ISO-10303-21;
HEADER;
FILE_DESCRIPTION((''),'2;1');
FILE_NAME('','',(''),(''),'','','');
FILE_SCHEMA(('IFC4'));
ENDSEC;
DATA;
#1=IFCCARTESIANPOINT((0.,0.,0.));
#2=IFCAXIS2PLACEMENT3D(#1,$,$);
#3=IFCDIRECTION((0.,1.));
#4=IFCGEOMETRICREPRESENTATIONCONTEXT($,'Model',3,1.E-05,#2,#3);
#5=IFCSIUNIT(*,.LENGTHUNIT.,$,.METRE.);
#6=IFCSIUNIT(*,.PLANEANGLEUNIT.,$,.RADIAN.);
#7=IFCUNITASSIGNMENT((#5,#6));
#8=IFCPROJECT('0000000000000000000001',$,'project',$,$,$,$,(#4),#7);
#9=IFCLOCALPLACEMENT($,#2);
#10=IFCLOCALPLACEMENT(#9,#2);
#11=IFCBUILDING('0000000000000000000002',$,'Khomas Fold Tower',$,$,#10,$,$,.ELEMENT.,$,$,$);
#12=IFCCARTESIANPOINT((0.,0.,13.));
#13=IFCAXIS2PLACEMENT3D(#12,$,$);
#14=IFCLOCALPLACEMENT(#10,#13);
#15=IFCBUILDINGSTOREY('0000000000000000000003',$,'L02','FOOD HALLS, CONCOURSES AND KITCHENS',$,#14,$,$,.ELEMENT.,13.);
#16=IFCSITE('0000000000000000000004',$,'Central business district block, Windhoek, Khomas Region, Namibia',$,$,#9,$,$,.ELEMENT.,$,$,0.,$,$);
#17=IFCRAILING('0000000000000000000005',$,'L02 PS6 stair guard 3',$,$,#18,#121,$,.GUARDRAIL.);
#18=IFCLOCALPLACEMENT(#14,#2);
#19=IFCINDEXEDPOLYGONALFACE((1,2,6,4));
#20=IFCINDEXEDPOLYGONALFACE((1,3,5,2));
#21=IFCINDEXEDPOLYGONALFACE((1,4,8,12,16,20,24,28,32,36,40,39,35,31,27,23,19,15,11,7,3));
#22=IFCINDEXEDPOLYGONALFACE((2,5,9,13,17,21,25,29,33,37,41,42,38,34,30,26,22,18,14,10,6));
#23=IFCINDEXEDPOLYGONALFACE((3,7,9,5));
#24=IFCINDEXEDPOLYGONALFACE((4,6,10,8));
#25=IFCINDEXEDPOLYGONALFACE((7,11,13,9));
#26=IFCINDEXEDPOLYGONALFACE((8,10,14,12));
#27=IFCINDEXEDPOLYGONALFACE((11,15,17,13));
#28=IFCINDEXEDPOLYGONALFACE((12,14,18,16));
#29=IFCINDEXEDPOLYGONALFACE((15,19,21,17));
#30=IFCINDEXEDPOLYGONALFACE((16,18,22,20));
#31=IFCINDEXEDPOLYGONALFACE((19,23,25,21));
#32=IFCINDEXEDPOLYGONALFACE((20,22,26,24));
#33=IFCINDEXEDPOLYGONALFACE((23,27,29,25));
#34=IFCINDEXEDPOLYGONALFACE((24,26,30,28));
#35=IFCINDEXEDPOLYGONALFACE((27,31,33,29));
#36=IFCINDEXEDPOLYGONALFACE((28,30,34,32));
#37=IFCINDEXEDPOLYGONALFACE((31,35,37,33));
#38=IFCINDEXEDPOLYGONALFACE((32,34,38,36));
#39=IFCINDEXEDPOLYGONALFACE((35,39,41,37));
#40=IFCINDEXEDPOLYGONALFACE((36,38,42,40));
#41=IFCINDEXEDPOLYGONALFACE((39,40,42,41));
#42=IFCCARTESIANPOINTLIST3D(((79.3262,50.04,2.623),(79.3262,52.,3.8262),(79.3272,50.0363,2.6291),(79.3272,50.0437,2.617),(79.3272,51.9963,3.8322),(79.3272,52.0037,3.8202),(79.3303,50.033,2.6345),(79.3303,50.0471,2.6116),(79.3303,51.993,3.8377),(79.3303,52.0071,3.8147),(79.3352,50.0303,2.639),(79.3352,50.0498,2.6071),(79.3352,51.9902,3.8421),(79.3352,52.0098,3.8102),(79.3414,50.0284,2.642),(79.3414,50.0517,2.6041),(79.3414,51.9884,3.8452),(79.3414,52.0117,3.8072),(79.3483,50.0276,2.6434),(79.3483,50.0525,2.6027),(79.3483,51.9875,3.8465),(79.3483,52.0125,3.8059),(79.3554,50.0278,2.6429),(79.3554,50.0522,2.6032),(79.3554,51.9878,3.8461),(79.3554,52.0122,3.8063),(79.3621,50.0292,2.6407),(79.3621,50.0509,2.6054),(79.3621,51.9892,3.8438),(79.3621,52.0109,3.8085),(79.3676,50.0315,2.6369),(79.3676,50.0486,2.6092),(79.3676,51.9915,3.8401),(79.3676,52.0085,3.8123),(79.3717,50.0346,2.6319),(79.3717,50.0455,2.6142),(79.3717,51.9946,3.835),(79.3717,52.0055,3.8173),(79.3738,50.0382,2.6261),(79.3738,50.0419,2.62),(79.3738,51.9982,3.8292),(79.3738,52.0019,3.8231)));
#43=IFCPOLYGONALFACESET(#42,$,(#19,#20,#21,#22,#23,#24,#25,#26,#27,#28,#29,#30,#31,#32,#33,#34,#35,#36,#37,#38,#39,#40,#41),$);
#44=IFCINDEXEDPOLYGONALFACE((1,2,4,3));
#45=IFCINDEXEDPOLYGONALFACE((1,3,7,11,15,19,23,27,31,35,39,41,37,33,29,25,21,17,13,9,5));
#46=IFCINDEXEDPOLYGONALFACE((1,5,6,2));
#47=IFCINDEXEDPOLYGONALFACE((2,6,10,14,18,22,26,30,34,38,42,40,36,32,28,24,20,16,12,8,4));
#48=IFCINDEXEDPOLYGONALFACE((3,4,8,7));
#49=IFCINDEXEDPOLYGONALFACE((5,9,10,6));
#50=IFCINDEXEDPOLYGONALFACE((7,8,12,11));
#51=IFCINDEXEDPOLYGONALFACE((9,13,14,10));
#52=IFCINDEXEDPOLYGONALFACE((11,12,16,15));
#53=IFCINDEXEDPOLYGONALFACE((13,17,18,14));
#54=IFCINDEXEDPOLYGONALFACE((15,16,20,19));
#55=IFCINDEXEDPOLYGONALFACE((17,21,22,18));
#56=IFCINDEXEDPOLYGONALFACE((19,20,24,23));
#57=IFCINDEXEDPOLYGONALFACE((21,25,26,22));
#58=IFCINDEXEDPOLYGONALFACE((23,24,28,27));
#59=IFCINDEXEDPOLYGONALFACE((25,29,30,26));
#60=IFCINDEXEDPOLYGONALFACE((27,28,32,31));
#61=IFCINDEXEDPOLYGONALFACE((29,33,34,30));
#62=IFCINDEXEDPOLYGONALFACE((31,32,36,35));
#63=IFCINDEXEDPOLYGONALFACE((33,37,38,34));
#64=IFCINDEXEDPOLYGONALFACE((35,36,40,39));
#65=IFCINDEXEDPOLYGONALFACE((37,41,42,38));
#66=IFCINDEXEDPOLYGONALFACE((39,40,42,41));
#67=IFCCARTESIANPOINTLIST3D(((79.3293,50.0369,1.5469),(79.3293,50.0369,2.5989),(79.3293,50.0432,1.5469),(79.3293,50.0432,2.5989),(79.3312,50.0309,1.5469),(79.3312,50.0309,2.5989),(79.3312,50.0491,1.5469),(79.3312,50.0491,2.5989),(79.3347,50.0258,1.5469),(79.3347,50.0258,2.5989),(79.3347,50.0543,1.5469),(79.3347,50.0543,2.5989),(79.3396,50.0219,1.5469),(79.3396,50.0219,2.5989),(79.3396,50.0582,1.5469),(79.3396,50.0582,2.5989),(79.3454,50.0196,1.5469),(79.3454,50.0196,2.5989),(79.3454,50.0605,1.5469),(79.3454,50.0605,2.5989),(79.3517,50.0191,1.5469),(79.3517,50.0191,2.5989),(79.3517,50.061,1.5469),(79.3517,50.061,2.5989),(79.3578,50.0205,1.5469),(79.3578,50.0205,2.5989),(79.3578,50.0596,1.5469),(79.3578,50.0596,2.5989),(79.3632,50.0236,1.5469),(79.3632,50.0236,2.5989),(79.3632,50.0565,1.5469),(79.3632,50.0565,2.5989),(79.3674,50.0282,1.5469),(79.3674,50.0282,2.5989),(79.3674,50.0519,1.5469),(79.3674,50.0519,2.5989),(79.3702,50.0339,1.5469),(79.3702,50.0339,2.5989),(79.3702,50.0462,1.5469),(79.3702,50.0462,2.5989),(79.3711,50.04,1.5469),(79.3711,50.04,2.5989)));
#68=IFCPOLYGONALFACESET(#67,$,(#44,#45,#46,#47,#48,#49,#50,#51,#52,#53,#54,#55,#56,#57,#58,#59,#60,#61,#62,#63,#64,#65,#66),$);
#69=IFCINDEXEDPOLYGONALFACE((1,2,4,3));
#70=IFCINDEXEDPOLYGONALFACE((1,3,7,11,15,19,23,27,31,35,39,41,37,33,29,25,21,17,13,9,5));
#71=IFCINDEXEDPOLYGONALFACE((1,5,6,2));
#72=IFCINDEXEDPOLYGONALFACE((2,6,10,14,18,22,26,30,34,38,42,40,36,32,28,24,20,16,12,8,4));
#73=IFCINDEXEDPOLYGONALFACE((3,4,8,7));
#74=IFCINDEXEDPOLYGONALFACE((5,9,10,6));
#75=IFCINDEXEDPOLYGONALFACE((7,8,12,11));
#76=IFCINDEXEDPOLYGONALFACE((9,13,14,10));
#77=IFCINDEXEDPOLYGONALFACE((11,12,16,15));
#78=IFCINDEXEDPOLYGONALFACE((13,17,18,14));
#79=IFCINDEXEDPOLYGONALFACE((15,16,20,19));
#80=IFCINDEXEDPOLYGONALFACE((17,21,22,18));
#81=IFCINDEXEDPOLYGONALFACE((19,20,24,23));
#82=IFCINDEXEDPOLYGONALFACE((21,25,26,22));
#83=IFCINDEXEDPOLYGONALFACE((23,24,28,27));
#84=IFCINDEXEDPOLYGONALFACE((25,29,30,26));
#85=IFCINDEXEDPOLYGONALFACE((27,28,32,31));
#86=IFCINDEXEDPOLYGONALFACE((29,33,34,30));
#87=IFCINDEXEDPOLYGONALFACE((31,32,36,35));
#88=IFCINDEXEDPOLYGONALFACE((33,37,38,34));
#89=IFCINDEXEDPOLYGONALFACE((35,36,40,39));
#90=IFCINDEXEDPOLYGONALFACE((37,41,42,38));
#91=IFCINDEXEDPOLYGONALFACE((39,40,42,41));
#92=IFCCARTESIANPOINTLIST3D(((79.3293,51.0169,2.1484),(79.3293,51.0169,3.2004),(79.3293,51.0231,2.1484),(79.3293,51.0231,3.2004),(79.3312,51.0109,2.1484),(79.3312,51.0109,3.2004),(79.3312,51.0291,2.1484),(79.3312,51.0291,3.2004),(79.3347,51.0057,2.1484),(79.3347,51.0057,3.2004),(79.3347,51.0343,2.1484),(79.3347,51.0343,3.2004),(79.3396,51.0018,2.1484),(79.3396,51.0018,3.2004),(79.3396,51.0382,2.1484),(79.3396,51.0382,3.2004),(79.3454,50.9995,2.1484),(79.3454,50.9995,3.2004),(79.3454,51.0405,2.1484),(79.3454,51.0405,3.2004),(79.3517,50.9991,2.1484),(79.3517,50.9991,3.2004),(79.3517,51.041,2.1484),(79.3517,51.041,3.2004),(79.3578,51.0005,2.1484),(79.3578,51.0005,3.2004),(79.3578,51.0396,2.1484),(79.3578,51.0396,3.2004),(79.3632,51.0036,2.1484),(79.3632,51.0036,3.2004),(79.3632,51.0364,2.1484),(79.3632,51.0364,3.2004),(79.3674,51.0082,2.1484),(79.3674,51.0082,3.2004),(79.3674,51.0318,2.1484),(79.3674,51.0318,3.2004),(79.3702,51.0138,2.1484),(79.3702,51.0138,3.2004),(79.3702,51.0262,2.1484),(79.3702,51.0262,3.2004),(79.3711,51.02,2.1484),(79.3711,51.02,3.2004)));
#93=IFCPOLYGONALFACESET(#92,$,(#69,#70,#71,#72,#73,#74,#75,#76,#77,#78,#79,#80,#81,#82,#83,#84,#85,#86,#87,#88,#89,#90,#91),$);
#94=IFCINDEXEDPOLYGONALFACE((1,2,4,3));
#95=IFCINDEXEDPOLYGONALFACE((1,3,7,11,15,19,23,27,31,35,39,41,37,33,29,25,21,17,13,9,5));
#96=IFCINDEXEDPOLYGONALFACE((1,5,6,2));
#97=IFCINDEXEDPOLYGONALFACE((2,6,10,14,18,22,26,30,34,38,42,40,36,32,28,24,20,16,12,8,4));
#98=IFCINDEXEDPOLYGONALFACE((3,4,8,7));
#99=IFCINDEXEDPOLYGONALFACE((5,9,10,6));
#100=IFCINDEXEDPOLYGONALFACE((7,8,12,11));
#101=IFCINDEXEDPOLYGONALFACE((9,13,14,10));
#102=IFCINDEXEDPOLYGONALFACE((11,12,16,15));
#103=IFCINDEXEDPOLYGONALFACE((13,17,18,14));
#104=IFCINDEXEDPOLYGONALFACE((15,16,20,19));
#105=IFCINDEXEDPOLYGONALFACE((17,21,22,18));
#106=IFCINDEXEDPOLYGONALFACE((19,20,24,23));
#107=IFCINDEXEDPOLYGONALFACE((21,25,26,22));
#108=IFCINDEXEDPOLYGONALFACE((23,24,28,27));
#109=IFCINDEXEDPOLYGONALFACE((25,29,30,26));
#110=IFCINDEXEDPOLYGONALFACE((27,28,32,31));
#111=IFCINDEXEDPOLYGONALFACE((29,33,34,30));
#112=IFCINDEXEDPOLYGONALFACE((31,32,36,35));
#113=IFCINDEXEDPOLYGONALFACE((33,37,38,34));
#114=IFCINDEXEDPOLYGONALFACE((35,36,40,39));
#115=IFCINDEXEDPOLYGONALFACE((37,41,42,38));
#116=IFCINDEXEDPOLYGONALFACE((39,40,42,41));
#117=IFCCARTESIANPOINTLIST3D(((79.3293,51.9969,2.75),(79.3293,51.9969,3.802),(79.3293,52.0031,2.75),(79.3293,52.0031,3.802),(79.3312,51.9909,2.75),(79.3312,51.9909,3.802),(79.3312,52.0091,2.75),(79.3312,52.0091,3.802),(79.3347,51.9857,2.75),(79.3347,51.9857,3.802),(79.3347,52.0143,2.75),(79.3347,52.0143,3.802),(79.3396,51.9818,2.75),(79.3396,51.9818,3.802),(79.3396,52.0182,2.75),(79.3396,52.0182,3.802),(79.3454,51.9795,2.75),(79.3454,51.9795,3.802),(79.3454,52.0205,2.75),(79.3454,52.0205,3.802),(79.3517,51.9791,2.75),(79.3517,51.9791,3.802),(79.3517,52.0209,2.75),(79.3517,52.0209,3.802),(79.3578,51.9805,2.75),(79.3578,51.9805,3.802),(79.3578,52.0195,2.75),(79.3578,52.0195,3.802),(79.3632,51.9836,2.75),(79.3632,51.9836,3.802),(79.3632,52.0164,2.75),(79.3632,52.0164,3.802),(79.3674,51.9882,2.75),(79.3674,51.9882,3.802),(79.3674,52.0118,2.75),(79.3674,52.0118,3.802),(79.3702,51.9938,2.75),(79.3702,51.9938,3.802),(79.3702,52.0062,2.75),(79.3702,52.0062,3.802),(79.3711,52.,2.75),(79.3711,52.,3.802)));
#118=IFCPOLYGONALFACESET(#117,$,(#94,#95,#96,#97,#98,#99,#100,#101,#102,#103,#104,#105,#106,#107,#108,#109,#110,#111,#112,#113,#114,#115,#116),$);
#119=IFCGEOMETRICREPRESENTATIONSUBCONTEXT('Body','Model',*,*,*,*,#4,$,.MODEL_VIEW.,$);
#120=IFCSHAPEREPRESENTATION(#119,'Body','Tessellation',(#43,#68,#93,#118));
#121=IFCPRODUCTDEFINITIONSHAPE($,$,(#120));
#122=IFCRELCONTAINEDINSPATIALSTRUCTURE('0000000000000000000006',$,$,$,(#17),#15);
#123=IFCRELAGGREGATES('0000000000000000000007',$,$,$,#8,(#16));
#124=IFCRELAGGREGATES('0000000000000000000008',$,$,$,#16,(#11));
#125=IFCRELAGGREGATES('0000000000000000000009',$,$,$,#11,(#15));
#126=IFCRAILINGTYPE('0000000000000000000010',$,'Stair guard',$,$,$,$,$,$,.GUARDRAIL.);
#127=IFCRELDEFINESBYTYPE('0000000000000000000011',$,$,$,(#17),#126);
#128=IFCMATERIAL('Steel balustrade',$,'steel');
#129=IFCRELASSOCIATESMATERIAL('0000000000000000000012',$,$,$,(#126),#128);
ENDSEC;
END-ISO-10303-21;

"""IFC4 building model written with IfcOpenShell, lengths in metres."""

from ifc_helpers import new_model, si_unit, direction, frame, origin, origin_2d, place, context, subcontext, project, spatial, circle, extrude, source, transform, mapped, material, type_object, element, save


model = new_model("IFC4")

# Units and contexts
model_context = context("Model", 3, precision=1e-05, world=origin(), true_north=direction((0.0, 1.0)))
body_context = subcontext(model_context, "Body", "Model", "MODEL_VIEW")
ifc_project = project(units=[si_unit("LENGTHUNIT", "METRE"), si_unit("PLANEANGLEUNIT", "RADIAN")], contexts=[model_context])

# Site, building, storey
site_placement = place(None, origin())
site = spatial("IfcSite", under=ifc_project, at=site_placement, Name="Central business district block, Windhoek, Khomas Region, Namibia", CompositionType="ELEMENT", RefElevation=0.0)
building_placement = place(site_placement, origin())
building = spatial("IfcBuilding", under=site, at=building_placement, Name="Khomas Fold Tower", CompositionType="ELEMENT")
storey_placement = place(building_placement, frame((0.0, 0.0, 13.0)))
storey = spatial("IfcBuildingStorey", under=building, at=storey_placement, Name="L02", Description="FOOD HALLS, CONCOURSES AND KITCHENS", CompositionType="ELEMENT", Elevation=13.0)

# Railing
ifc_material_1 = material(Name="Steel balustrade", Category="steel")
railing_type_1 = type_object("IfcRailingType", Name="Stair guard", PredefinedType="GUARDRAIL", material=ifc_material_1)
shared_shape_1 = source(origin(), body_context, "Body", "SweptSolid", [
    extrude(circle(Radius=0.0239, at=origin_2d()), frame((0.0, 0.0, 1.0762), z_axis=(0.0, 0.852241, 0.523149), x_axis=(-1.0, 0.0, 0.0)), (0.0, 0.0, 1.0), 2.2998),
    extrude(circle(Radius=0.021, at=origin_2d()), origin(), (0.0, 0.0, 1.0), 1.052),
    extrude(circle(Radius=0.021, at=origin_2d()), frame((0.0, 0.98, 0.6016)), (0.0, 0.0, 1.0), 1.052),
    extrude(circle(Radius=0.021, at=origin_2d()), frame((0.0, 1.96, 1.2031)), (0.0, 0.0, 1.0), 1.052),
])
for number, where, name in (
    (1, (79.3501, 50.04, 1.5469), "L02 PS6 stair guard 3"),
):
    element("IfcRailing", number, at=place(storey_placement, frame(where)), inside=storey, type_object=railing_type_1, Name=name, PredefinedType="GUARDRAIL", context=body_context, shape_type="MappedRepresentation", body=[
        mapped(shared_shape_1, transform((0.0, 0.0, 0.0))),
    ])

save(model, "model.ifc")
